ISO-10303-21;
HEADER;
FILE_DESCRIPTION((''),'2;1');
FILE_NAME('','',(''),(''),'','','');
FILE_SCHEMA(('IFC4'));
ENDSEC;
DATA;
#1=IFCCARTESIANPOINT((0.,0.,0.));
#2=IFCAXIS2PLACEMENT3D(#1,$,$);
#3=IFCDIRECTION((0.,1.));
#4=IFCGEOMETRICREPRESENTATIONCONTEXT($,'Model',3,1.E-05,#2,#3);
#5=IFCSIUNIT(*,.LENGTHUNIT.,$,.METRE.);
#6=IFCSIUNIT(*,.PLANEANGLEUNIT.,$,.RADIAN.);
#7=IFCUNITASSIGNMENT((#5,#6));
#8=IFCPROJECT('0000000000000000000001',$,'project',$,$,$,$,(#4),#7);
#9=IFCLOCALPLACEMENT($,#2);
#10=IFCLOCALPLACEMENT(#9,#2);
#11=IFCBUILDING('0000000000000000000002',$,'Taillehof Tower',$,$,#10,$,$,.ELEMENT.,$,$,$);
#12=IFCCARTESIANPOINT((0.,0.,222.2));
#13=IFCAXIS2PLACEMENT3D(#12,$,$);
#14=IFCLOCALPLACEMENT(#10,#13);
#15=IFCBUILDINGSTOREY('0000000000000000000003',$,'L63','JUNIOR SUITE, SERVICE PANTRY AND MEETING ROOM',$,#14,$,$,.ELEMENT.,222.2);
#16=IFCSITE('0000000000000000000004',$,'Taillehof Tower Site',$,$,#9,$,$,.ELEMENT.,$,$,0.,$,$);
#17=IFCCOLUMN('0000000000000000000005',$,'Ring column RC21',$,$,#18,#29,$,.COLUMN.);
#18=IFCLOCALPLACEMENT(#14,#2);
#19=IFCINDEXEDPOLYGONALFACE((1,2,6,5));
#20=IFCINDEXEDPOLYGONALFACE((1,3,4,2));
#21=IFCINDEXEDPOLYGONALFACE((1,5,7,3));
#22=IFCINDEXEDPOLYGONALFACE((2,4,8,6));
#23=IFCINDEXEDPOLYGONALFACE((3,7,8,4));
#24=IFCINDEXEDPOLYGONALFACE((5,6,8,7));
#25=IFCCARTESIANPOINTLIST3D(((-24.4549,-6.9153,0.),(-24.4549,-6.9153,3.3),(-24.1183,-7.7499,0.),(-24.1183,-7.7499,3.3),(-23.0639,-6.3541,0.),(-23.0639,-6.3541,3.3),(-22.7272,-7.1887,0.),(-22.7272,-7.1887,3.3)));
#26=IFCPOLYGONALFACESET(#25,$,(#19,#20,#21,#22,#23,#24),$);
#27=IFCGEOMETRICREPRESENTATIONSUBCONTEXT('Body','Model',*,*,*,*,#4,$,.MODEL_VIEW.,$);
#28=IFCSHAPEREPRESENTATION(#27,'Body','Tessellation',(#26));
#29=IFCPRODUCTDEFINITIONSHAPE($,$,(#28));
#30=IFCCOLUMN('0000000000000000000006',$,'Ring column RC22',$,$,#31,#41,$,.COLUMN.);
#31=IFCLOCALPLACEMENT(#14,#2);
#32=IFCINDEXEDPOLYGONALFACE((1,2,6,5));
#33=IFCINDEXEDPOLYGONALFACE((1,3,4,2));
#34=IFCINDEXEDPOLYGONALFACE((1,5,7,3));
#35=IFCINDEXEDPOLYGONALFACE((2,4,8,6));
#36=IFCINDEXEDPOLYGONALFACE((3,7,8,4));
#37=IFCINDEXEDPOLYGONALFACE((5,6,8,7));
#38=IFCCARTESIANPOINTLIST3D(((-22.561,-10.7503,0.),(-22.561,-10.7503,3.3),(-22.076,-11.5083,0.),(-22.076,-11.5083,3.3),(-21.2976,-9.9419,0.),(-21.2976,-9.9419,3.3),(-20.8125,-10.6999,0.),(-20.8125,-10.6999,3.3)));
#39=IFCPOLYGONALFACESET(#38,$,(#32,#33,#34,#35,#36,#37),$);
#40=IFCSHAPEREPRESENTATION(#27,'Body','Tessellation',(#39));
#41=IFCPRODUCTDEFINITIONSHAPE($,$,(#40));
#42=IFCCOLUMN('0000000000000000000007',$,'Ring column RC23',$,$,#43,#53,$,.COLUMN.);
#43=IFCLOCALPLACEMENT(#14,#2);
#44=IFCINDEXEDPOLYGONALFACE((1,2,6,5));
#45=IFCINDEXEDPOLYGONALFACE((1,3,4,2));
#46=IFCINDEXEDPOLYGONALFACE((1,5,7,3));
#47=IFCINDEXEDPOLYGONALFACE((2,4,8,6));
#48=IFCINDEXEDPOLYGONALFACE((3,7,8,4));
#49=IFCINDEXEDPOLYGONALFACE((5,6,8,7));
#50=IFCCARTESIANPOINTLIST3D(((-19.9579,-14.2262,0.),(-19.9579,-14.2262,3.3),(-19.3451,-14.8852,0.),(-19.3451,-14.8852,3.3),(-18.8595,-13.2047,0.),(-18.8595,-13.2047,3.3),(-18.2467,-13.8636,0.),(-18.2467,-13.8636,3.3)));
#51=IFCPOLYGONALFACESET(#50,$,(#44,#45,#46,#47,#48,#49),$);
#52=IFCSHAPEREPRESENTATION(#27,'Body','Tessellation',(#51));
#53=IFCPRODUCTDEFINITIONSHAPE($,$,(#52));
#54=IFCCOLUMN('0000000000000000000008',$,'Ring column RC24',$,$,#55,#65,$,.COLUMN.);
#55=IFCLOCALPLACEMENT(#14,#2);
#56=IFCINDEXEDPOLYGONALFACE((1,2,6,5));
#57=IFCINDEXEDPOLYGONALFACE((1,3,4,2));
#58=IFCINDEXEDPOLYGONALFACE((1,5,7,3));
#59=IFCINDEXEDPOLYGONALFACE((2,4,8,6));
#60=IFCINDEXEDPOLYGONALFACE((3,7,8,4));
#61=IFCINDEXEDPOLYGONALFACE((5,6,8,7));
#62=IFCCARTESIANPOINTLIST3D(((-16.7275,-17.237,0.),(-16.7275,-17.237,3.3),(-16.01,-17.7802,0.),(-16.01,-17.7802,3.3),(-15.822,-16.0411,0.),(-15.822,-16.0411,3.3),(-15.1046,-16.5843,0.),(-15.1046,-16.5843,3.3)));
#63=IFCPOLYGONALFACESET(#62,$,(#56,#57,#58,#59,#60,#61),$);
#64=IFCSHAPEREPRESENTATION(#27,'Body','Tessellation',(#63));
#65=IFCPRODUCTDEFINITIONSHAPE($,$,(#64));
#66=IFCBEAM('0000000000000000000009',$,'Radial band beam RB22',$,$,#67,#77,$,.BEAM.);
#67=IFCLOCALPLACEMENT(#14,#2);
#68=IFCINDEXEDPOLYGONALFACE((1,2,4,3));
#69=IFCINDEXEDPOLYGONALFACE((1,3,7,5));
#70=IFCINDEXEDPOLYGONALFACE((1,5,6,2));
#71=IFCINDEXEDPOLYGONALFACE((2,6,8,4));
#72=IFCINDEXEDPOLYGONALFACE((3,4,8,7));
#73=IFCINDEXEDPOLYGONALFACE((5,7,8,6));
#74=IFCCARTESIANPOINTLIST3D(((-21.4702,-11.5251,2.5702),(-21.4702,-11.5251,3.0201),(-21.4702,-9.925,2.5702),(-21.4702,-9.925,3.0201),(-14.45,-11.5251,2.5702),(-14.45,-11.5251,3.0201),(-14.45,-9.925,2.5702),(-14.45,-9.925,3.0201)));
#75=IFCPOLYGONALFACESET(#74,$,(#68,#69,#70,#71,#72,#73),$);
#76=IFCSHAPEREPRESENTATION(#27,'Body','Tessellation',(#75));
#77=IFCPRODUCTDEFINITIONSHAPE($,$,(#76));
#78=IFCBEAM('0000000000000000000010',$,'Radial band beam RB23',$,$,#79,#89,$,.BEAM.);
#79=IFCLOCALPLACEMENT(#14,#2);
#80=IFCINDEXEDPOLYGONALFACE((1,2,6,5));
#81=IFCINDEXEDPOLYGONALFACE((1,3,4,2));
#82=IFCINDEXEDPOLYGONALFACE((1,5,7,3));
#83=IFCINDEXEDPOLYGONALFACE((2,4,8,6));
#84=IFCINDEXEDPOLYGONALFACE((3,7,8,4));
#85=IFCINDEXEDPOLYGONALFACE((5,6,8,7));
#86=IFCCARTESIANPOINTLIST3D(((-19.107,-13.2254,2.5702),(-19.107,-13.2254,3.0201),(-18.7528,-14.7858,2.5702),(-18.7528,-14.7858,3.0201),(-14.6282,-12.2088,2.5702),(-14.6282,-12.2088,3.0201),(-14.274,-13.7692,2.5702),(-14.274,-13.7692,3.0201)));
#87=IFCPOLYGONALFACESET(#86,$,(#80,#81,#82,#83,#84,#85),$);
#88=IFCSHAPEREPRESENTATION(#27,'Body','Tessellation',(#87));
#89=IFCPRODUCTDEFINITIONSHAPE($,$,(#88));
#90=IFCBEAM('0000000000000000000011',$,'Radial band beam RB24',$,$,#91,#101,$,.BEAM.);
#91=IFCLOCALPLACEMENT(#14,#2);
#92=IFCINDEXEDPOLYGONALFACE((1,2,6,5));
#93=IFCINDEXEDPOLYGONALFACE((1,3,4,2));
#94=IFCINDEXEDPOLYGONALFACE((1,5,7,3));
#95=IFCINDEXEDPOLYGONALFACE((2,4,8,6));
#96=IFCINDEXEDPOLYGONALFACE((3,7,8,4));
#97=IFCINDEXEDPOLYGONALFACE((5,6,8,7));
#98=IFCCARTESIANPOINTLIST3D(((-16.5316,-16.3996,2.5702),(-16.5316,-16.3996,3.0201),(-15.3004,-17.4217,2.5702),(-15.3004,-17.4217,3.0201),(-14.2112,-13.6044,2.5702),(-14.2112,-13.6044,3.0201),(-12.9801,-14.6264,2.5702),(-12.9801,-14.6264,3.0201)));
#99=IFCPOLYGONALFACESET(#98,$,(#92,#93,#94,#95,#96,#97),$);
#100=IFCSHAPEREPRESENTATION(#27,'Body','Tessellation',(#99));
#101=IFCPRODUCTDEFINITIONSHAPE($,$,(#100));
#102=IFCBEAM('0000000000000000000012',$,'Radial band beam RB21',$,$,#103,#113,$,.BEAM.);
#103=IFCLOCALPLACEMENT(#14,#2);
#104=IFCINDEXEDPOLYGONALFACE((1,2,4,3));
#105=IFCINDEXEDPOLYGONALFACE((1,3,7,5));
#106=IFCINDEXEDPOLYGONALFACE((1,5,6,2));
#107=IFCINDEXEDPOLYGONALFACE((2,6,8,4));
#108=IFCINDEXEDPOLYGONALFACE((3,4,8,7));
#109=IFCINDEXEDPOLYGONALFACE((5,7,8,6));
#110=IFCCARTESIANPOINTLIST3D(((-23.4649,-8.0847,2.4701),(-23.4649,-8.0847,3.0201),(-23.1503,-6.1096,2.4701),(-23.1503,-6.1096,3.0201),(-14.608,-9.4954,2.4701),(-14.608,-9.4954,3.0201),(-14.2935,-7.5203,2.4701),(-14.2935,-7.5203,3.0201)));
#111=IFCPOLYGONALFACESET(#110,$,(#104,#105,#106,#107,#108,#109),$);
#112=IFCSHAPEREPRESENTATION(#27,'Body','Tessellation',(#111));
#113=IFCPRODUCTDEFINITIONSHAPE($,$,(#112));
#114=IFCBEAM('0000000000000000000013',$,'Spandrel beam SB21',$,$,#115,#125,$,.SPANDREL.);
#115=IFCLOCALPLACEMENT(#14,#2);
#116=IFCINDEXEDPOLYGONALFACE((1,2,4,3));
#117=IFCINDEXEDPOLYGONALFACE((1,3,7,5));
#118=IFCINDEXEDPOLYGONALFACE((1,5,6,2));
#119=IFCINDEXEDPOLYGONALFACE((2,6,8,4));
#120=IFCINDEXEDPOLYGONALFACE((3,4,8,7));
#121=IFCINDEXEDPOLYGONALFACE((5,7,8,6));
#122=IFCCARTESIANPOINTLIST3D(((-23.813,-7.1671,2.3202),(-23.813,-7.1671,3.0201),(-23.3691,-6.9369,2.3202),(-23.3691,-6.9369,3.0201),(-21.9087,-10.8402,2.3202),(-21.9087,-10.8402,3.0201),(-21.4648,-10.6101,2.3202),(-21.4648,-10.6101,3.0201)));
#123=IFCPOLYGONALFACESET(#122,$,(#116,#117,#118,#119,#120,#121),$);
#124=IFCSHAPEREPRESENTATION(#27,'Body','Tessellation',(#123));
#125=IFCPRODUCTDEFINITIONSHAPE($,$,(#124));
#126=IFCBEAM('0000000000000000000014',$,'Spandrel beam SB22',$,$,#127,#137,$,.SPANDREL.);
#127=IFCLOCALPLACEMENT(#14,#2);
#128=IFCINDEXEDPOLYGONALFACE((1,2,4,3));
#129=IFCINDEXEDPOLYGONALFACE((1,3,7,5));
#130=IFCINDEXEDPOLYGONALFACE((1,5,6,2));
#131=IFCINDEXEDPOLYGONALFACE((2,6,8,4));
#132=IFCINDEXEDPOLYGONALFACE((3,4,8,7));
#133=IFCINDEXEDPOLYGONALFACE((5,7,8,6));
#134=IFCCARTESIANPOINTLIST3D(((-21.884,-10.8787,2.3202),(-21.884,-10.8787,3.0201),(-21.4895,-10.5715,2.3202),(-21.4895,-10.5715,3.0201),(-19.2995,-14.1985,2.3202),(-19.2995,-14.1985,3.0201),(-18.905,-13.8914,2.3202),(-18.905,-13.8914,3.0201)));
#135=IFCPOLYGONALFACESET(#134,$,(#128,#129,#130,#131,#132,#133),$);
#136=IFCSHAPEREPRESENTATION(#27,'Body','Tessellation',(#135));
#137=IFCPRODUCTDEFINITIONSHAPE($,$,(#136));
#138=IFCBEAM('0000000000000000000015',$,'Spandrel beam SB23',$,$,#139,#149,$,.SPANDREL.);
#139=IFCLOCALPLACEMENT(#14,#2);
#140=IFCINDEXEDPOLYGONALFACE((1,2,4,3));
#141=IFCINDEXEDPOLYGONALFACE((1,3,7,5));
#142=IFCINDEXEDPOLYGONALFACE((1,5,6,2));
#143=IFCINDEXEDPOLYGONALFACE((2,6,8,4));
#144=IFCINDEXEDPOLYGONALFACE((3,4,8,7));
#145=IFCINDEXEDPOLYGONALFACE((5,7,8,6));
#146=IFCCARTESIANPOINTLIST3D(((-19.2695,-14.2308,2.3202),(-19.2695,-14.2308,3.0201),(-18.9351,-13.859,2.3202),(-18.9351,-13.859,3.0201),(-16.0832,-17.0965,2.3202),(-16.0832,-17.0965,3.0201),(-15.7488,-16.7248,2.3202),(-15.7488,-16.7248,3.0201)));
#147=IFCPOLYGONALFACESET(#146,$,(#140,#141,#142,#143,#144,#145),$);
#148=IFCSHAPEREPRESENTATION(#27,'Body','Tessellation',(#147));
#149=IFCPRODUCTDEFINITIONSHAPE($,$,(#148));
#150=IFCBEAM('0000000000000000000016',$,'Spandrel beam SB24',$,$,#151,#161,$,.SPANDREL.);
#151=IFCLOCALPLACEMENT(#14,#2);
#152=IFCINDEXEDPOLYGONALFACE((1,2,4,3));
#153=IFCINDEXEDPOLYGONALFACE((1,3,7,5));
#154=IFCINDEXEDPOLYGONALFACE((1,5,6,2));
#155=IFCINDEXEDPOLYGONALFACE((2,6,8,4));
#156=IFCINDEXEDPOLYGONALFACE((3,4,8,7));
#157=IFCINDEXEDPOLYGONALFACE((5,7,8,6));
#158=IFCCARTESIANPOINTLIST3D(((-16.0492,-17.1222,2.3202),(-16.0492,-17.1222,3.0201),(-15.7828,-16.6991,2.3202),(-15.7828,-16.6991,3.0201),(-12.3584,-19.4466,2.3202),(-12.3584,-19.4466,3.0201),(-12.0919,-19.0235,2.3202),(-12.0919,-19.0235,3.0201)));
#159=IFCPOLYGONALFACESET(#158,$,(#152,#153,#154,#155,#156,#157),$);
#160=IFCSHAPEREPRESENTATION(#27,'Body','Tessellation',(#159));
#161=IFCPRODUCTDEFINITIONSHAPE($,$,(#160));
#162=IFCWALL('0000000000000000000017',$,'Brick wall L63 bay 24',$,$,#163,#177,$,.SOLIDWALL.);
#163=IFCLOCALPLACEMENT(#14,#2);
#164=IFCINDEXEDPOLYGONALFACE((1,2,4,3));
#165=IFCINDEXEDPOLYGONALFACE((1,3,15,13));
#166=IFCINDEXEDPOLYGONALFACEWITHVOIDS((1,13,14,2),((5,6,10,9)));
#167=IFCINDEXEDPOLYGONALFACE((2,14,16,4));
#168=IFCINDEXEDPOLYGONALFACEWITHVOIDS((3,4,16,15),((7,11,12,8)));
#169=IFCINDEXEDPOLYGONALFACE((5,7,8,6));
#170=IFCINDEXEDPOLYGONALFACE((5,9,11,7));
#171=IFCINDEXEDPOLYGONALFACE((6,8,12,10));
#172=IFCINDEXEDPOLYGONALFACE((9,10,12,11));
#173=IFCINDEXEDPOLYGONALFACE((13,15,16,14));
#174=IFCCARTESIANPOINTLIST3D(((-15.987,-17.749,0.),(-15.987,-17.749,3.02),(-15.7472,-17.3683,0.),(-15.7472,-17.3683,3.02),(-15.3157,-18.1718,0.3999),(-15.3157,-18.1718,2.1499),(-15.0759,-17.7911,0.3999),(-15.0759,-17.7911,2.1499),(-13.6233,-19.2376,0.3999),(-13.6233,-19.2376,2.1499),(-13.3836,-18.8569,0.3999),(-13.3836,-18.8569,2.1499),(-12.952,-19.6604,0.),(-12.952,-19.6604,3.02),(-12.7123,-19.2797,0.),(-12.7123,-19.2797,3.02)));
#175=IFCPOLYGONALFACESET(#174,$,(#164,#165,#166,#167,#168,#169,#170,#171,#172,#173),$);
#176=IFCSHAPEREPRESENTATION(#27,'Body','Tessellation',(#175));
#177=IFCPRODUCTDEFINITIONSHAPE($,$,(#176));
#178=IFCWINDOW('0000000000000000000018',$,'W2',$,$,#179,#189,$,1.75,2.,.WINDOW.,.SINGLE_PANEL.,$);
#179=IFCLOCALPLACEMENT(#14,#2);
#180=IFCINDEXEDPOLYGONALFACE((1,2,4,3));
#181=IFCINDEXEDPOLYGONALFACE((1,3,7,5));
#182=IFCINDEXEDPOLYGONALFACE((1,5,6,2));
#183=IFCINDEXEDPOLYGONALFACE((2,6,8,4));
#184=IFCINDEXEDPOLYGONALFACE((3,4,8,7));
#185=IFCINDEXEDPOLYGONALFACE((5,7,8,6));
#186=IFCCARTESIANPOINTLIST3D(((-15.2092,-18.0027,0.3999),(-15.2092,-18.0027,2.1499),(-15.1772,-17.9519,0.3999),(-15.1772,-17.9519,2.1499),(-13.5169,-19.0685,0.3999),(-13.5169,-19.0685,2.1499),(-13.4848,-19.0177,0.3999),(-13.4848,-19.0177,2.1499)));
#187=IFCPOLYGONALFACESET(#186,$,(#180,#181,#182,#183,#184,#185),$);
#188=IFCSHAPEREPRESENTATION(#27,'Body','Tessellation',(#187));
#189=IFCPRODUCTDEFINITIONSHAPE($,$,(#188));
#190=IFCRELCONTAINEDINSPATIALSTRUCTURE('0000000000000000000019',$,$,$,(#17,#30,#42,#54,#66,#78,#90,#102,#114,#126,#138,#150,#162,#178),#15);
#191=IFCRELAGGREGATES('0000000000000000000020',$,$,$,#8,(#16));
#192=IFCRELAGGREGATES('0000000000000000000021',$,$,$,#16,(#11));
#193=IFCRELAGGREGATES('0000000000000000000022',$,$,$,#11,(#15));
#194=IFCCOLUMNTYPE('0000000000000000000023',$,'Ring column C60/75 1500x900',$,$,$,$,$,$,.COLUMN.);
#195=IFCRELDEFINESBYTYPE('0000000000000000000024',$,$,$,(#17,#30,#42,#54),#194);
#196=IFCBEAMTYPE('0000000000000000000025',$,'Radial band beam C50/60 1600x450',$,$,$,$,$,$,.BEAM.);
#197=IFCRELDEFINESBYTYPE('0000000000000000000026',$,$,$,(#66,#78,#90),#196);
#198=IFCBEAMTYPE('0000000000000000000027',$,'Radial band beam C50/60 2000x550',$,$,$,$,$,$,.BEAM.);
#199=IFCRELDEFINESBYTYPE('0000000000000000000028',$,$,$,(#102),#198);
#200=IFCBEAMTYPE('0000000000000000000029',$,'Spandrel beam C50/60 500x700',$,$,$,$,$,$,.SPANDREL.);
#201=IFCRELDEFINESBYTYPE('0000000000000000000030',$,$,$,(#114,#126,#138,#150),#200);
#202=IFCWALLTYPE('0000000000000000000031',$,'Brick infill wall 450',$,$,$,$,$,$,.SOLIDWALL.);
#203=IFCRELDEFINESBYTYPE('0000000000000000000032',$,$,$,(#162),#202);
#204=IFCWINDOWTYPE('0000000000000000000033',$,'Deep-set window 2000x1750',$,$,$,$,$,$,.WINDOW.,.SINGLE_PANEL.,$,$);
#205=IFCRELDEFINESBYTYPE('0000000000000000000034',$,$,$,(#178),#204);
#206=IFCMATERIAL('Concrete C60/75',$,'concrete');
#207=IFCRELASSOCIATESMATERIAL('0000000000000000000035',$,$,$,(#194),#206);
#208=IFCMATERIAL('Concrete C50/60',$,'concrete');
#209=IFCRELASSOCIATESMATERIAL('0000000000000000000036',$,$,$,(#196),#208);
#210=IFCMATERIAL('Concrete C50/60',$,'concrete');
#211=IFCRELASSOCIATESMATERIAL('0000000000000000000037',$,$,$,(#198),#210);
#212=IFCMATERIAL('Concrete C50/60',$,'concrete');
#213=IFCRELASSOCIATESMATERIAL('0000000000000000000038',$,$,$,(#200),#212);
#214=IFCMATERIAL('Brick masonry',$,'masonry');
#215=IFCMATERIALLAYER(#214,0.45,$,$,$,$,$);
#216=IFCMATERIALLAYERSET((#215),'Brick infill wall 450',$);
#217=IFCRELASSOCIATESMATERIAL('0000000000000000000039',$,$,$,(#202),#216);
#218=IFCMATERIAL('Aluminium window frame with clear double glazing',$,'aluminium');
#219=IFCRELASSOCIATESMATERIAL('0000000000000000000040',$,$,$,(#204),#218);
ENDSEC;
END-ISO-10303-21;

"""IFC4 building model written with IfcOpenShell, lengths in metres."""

from ifc_helpers import new_model, si_unit, direction, frame, frame_2d, origin, origin_2d, place, context, subcontext, project, spatial, rectangle, extrude, material, layer, layer_set, material_profile, profile_set, type_object, element, fill, save


model = new_model("IFC4")

# Units and contexts
model_context = context("Model", 3, precision=1e-05, world=origin(), true_north=direction((0.0, 1.0)))
body_context = subcontext(model_context, "Body", "Model", "MODEL_VIEW")
ifc_project = project(units=[si_unit("LENGTHUNIT", "METRE"), si_unit("PLANEANGLEUNIT", "RADIAN")], contexts=[model_context])

# Site, building, storey
site_placement = place(None, origin())
site = spatial("IfcSite", under=ifc_project, at=site_placement, Name="Taillehof Tower Site", CompositionType="ELEMENT", RefElevation=0.0)
building_placement = place(site_placement, origin())
building = spatial("IfcBuilding", under=site, at=building_placement, Name="Taillehof Tower", CompositionType="ELEMENT")
storey_placement = place(building_placement, frame((0.0, 0.0, 222.2)))
storey = spatial("IfcBuildingStorey", under=building, at=storey_placement, Name="L63", Description="JUNIOR SUITE, SERVICE PANTRY AND MEETING ROOM", CompositionType="ELEMENT", Elevation=222.2)

# Columns
ifc_material_1 = material(Name="Concrete C60/75", Category="concrete")
ifc_material_profile_1 = material_profile(ifc_material_1, rectangle(XDim=1.5, YDim=0.8999, at=origin_2d()), Name="RC 1500x900")
ifc_profile_set_1 = profile_set([ifc_material_profile_1], Name="Concrete C60/75")
column_type = type_object("IfcColumnType", Name="Ring column C60/75 1500x900", PredefinedType="COLUMN", material=ifc_profile_set_1)
for number, where, z_axis, x_axis, name in (
    (1, (-23.5911, -7.052, 0.0), (0.0, 0.0, 1.0), (-0.927385, -0.374108, 0.0), "Ring column RC21"),
    (2, (-21.6868, -10.7251, 0.0), (0.0, 0.0, 1.0), (-0.842311, -0.538992, 0.0), "Ring column RC22"),
    (3, (-19.1023, -14.0449, 0.0), (0.0, 0.0, 1.0), (-0.732271, -0.681013, 0.0), "Ring column RC23"),
    (4, (-15.916, -16.9106, 0.0), (0.0, 0.0, 1.0), (-0.603608, -0.797281, 0.0), "Ring column RC24"),
):
    element("IfcColumn", number, at=place(storey_placement, frame(where, z_axis=z_axis, x_axis=x_axis)), inside=storey, type_object=column_type, Name=name, PredefinedType="COLUMN", context=body_context, shape_type="SweptSolid", body=[
        extrude(rectangle(XDim=1.5, YDim=0.8999, at=origin_2d()), origin(), (0.0, 0.0, 1.0), 3.3),
    ])

# Beams
ifc_material_2 = material(Name="Concrete C50/60", Category="concrete")
ifc_material_profile_2 = material_profile(ifc_material_2, rectangle(XDim=1.6001, YDim=0.45, at=origin_2d()), Name="RC 1600x450")
ifc_profile_set_2 = profile_set([ifc_material_profile_2], Name="Concrete C50/60")
beam_type_1 = type_object("IfcBeamType", Name="Radial band beam C50/60 1600x450", PredefinedType="BEAM", material=ifc_profile_set_2)
beam_1_placement = place(storey_placement, frame((-21.4702, -10.7251, 2.7952), z_axis=(1.0, 0.0, 0.0), x_axis=(0.0, 1.0, 0.0)))
element("IfcBeam", 5, at=beam_1_placement, inside=storey, type_object=beam_type_1, Name="Radial band beam RB22", PredefinedType="BEAM", context=body_context, shape_type="SweptSolid", body=[
    extrude(rectangle(XDim=1.6001, YDim=0.45, at=origin_2d()), origin(), (0.0, 0.0, 1.0), 7.0203),
])
beam_2_placement = place(storey_placement, frame((-18.9299, -14.0056, 2.7952), z_axis=(0.975194, 0.221352, 0.0), x_axis=(-0.221352, 0.975194, 0.0)))
element("IfcBeam", 6, at=beam_2_placement, inside=storey, type_object=beam_type_1, Name="Radial band beam RB23", PredefinedType="BEAM", context=body_context, shape_type="SweptSolid", body=[
    extrude(rectangle(XDim=1.6001, YDim=0.45, at=origin_2d()), origin(), (0.0, 0.0, 1.0), 4.5928),
])
beam_3_placement = place(storey_placement, frame((-15.916, -16.9106, 2.7952), z_axis=(0.638722, 0.769437, 0.0), x_axis=(-0.769437, 0.638722, 0.0)))
element("IfcBeam", 7, at=beam_3_placement, inside=storey, type_object=beam_type_1, Name="Radial band beam RB24", PredefinedType="BEAM", context=body_context, shape_type="SweptSolid", body=[
    extrude(rectangle(XDim=1.6001, YDim=0.45, at=origin_2d()), origin(), (0.0, 0.0, 1.0), 3.6328),
])
ifc_material_3 = material(Name="Concrete C50/60", Category="concrete")
ifc_material_profile_3 = material_profile(ifc_material_3, rectangle(XDim=2.0, YDim=0.55, at=origin_2d()), Name="RC 2000x550")
ifc_profile_set_3 = profile_set([ifc_material_profile_3], Name="Concrete C50/60")
beam_type_2 = type_object("IfcBeamType", Name="Radial band beam C50/60 2000x550", PredefinedType="BEAM", material=ifc_profile_set_3)
beam_4_placement = place(storey_placement, frame((-23.3076, -7.0972, 2.7451), z_axis=(0.987553, -0.157288, 0.0), x_axis=(0.157288, 0.987553, 0.0)))
element("IfcBeam", 8, at=beam_4_placement, inside=storey, type_object=beam_type_2, Name="Radial band beam RB21", PredefinedType="BEAM", context=body_context, shape_type="SweptSolid", body=[
    extrude(rectangle(XDim=2.0, YDim=0.55, at=origin_2d()), origin(), (0.0, 0.0, 1.0), 8.9685),
])
ifc_material_4 = material(Name="Concrete C50/60", Category="concrete")
ifc_material_profile_4 = material_profile(ifc_material_4, rectangle(XDim=0.5, YDim=0.7, at=origin_2d()), Name="RC 500x700")
ifc_profile_set_4 = profile_set([ifc_material_profile_4], Name="Concrete C50/60")
beam_type_3 = type_object("IfcBeamType", Name="Spandrel beam C50/60 500x700", PredefinedType="SPANDREL", material=ifc_profile_set_4)
beam_5_placement = place(storey_placement, frame((-23.5911, -7.052, 2.6702), z_axis=(0.460265, -0.887781, 0.0), x_axis=(0.887781, 0.460265, 0.0)))
element("IfcBeam", 9, at=beam_5_placement, inside=storey, type_object=beam_type_3, Name="Spandrel beam SB21", PredefinedType="SPANDREL", context=body_context, shape_type="SweptSolid", body=[
    extrude(rectangle(XDim=0.5, YDim=0.7, at=origin_2d()), origin(), (0.0, 0.0, 1.0), 4.1375),
])
beam_6_placement = place(storey_placement, frame((-21.6868, -10.7251, 2.6702), z_axis=(0.614294, -0.789077, 0.0), x_axis=(0.789077, 0.614294, 0.0)))
element("IfcBeam", 10, at=beam_6_placement, inside=storey, type_object=beam_type_3, Name="Spandrel beam SB22", PredefinedType="SPANDREL", context=body_context, shape_type="SweptSolid", body=[
    extrude(rectangle(XDim=0.5, YDim=0.7, at=origin_2d()), origin(), (0.0, 0.0, 1.0), 4.2073),
])
beam_7_placement = place(storey_placement, frame((-19.1023, -14.0449, 2.6702), z_axis=(0.743518, -0.668716, 0.0), x_axis=(0.668716, 0.743518, 0.0)))
element("IfcBeam", 11, at=beam_7_placement, inside=storey, type_object=beam_type_3, Name="Spandrel beam SB23", PredefinedType="SPANDREL", context=body_context, shape_type="SweptSolid", body=[
    extrude(rectangle(XDim=0.5, YDim=0.7, at=origin_2d()), origin(), (0.0, 0.0, 1.0), 4.2854),
])
beam_8_placement = place(storey_placement, frame((-15.916, -16.9106, 2.6702), z_axis=(0.846176, -0.532904, 0.0), x_axis=(0.532904, 0.846176, 0.0)))
element("IfcBeam", 12, at=beam_8_placement, inside=storey, type_object=beam_type_3, Name="Spandrel beam SB24", PredefinedType="SPANDREL", context=body_context, shape_type="SweptSolid", body=[
    extrude(rectangle(XDim=0.5, YDim=0.7, at=origin_2d()), origin(), (0.0, 0.0, 1.0), 4.3618),
])

# Wall, opening, window
ifc_material_5 = material(Name="Brick masonry", Category="masonry")
ifc_layer = layer(ifc_material_5, 0.45)
ifc_layer_set = layer_set([ifc_layer], Name="Brick infill wall 450")
wall_type_1 = type_object("IfcWallType", Name="Brick infill wall 450", PredefinedType="SOLIDWALL", material=ifc_layer_set)
wall_1_placement = place(storey_placement, frame((-15.8672, -17.5586, 0.0), z_axis=(0.0, 0.0, 1.0), x_axis=(0.846169, -0.532914, 0.0)))
wall_1 = element("IfcWall", 13, at=wall_1_placement, inside=storey, type_object=wall_type_1, Name="Brick wall L63 bay 24", PredefinedType="SOLIDWALL", context=body_context, shape_type="SweptSolid", body=[
    extrude(rectangle(XDim=3.5867, YDim=0.45, at=frame_2d((1.7935, 0.0))), origin(), (0.0, 0.0, 1.0), 3.02),
])
opening_1_placement = place(wall_1_placement, frame((0.7935, 0.0, 0.3999)))
opening_1 = element("IfcOpeningElement", 14, at=opening_1_placement, cuts=wall_1, PredefinedType="OPENING", context=body_context, shape_type="SweptSolid", body=[
    extrude(rectangle(XDim=2.0, YDim=1.75, at=frame_2d((1.0, 0.875))), frame((0.0, 0.2349, 0.0), z_axis=(0.0, -1.0, 0.0), x_axis=(1.0, 0.0, 0.0)), (0.0, 0.0, 1.0), 0.47),
])
ifc_material_6 = material(Name="Aluminium window frame with clear double glazing", Category="aluminium")
window_type_1 = type_object("IfcWindowType", Name="Deep-set window 2000x1750", PartitioningType="SINGLE_PANEL", PredefinedType="WINDOW", material=ifc_material_6)
window_1_placement = place(opening_1_placement, origin())
window_1 = element("IfcWindow", 15, at=window_1_placement, inside=storey, type_object=window_type_1, Name="W2", OverallHeight=1.75, OverallWidth=2.0, PartitioningType="SINGLE_PANEL", PredefinedType="WINDOW", context=body_context, shape_type="SweptSolid", body=[
    extrude(rectangle(XDim=2.0, YDim=1.75, at=frame_2d((1.0, 0.875))), frame((0.0, 0.0349, 0.0), z_axis=(0.0, -1.0, 0.0), x_axis=(1.0, 0.0, 0.0)), (0.0, 0.0, 1.0), 0.0601),
])
fill(opening_1, window_1)

save(model, "model.ifc")
